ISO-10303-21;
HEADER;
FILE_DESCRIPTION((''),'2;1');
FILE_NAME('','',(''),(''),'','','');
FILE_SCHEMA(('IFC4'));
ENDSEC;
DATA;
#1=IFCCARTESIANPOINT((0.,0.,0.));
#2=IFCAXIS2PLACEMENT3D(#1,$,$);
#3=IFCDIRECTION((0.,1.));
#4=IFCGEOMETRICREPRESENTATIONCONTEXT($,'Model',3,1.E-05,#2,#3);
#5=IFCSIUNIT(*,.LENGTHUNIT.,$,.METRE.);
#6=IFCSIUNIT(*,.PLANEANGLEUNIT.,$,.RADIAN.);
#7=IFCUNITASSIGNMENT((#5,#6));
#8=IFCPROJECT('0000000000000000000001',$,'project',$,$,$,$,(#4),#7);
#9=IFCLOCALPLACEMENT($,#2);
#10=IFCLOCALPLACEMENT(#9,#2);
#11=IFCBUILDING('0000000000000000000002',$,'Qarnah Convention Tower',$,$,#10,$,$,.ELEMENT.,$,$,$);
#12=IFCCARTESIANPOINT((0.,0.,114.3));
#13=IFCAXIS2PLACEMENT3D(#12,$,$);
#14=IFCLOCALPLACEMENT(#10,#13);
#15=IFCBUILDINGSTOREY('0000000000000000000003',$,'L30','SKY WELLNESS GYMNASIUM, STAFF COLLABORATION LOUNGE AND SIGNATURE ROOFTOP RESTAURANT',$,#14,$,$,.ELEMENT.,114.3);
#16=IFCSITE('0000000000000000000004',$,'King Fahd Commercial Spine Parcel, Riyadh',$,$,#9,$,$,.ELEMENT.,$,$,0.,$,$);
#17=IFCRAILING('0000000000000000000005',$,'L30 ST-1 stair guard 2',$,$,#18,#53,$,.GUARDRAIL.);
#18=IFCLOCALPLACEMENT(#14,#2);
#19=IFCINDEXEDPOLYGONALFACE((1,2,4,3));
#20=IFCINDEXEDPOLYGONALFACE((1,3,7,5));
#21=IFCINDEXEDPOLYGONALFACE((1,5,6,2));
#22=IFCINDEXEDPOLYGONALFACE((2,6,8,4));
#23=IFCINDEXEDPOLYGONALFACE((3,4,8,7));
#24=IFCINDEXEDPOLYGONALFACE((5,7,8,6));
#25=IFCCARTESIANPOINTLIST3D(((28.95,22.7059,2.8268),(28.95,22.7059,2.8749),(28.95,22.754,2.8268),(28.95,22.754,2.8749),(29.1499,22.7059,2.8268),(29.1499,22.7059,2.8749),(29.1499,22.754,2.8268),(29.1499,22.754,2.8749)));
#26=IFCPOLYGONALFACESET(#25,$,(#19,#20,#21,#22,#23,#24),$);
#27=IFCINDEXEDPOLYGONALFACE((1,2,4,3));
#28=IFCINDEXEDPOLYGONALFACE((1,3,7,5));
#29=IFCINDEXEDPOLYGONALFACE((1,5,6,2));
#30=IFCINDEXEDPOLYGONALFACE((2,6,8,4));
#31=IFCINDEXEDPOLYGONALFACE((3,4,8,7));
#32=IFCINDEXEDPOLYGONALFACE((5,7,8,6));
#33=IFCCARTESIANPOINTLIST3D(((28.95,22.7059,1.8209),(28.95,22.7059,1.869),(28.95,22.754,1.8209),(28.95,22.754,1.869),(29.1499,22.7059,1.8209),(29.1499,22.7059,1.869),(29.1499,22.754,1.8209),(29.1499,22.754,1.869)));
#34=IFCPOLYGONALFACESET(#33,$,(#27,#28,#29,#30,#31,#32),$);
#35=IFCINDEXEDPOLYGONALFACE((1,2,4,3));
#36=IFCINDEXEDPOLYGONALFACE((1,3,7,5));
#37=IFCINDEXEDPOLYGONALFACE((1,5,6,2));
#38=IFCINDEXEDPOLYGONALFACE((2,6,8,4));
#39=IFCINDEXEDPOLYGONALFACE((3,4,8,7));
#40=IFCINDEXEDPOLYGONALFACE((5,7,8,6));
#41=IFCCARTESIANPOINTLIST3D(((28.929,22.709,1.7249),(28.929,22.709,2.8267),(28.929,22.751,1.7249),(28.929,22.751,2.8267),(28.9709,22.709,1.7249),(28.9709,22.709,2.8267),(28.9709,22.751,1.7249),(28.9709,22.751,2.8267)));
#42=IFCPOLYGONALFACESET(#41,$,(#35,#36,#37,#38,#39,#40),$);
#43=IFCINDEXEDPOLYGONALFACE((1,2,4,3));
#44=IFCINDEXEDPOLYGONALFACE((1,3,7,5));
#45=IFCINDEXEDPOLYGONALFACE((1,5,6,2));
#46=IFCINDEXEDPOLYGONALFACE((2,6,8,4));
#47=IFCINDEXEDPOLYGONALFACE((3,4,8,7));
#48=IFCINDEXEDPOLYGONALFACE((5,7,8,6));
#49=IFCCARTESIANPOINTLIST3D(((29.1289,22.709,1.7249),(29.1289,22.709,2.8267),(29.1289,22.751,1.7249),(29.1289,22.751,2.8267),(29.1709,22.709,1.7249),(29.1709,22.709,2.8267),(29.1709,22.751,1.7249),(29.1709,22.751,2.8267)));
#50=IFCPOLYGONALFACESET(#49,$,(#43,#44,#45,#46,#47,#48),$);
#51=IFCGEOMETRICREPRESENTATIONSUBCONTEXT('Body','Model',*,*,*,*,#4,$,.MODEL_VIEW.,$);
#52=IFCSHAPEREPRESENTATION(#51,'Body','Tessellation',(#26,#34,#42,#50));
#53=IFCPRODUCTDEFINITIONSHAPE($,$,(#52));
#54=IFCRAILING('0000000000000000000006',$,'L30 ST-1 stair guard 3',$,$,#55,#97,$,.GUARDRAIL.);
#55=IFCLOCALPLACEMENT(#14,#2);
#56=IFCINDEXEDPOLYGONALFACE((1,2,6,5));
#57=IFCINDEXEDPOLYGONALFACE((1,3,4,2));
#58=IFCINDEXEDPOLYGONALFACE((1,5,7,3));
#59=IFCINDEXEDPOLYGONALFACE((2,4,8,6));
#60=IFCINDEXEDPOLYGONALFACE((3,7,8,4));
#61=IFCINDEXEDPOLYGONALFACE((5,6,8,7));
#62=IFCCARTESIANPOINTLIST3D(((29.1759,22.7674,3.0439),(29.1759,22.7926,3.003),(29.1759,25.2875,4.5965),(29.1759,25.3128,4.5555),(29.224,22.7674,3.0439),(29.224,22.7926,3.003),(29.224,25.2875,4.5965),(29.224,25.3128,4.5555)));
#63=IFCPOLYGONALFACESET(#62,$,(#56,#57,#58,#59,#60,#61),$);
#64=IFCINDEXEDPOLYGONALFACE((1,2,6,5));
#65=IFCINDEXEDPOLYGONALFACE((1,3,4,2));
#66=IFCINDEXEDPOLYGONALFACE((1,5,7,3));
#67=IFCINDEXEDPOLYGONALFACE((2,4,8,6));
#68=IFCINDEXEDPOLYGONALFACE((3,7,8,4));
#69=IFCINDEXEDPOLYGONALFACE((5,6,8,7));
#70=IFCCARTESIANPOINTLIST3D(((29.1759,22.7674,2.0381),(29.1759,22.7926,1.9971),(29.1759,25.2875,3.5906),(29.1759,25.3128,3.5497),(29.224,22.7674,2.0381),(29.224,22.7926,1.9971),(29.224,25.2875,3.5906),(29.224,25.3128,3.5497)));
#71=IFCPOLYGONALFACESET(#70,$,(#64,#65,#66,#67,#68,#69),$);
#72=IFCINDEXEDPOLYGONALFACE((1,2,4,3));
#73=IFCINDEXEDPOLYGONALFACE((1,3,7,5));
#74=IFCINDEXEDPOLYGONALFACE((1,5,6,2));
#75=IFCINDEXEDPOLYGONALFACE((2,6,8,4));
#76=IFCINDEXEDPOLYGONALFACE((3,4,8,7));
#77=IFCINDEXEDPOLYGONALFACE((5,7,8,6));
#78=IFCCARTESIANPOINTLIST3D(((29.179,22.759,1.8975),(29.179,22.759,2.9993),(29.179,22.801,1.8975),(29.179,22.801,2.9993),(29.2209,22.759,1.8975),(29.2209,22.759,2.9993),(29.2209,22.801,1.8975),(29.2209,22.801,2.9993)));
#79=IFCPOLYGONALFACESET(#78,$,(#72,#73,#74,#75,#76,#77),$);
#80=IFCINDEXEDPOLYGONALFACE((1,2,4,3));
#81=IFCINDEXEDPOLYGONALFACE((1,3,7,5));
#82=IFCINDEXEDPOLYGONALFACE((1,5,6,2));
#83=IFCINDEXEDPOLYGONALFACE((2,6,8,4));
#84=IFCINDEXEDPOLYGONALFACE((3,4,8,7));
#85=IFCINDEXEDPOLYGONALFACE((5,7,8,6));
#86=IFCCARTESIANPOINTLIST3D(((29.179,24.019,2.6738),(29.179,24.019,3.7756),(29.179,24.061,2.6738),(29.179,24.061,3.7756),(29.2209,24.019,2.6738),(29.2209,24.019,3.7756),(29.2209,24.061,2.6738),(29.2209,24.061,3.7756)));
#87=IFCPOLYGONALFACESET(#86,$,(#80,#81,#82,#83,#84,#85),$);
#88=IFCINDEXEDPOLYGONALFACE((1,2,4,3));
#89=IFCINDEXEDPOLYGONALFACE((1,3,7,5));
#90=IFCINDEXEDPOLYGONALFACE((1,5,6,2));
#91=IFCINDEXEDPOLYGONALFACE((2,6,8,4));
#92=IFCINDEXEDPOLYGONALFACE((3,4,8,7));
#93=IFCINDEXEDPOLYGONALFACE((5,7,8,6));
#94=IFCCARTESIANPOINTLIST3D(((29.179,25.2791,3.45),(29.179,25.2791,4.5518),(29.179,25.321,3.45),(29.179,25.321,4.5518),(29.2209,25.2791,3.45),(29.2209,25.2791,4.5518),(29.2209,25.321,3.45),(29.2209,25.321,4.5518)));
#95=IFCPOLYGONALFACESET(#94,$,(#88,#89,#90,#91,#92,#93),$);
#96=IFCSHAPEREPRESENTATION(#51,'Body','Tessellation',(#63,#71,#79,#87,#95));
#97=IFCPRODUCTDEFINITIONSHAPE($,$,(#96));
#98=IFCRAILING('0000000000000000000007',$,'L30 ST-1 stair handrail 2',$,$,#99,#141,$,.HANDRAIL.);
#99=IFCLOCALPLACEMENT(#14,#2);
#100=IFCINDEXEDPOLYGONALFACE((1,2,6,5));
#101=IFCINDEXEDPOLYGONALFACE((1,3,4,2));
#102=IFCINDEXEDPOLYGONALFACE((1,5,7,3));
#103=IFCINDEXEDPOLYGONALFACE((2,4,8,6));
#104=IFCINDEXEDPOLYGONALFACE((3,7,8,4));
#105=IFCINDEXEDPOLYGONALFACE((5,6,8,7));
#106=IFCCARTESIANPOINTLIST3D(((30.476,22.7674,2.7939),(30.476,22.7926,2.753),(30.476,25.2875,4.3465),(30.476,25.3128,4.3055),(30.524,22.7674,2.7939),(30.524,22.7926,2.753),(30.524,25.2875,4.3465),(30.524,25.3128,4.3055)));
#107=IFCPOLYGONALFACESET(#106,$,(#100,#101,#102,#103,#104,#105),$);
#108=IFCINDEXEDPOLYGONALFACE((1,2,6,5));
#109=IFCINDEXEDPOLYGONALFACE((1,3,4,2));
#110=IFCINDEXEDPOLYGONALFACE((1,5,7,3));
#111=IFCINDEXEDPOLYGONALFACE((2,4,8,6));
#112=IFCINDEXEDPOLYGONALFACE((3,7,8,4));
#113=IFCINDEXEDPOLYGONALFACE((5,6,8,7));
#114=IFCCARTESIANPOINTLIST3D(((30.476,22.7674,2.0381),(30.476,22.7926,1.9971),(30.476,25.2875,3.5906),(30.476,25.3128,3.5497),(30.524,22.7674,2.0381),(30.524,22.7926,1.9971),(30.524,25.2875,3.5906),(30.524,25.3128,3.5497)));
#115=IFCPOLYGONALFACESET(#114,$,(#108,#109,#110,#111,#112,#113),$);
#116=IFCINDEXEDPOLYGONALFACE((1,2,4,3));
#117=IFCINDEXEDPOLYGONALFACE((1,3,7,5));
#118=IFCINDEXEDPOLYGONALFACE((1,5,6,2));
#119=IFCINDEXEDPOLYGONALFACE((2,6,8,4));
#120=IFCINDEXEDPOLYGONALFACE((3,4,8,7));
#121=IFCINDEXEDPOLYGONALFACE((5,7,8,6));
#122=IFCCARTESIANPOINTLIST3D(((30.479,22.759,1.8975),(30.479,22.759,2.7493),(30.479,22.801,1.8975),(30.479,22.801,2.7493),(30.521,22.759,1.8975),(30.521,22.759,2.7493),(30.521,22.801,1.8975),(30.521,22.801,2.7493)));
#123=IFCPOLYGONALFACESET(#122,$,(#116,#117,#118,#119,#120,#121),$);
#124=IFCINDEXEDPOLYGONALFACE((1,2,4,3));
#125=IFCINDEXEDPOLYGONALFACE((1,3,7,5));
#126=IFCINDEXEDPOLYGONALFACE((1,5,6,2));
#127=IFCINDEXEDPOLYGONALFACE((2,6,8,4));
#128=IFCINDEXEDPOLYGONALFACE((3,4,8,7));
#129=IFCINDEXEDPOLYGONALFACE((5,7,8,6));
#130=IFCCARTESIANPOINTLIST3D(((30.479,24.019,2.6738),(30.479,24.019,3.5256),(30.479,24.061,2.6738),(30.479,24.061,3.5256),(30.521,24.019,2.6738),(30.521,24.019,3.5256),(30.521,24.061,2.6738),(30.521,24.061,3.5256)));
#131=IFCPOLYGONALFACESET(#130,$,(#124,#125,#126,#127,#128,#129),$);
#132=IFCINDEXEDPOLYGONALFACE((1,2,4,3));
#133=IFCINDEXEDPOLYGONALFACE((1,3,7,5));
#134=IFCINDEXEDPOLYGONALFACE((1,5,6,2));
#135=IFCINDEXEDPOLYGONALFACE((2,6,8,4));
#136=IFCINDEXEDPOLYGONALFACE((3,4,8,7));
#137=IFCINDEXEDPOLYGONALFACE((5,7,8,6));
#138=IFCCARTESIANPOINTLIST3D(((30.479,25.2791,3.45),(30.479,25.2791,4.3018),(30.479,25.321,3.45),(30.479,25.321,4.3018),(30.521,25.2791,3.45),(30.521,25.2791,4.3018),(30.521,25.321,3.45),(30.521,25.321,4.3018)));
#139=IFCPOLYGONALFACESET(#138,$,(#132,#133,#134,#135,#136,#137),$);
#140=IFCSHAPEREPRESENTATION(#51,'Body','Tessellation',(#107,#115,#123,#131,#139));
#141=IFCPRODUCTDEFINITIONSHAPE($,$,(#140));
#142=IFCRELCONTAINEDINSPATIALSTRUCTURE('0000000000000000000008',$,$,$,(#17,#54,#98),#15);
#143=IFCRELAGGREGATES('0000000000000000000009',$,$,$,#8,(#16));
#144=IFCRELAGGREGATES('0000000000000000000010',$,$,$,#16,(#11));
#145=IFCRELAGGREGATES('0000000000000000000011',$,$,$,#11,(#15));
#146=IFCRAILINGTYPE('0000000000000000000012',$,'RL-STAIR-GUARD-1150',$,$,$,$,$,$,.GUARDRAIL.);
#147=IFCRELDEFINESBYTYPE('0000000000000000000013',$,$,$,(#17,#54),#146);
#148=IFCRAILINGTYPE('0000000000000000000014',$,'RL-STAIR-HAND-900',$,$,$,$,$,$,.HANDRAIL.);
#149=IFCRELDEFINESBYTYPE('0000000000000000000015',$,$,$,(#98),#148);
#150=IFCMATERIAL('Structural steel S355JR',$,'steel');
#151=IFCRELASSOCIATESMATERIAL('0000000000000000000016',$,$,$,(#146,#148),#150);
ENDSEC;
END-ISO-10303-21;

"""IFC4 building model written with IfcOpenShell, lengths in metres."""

from ifc_helpers import new_model, si_unit, direction, frame, origin, origin_2d, place, context, subcontext, project, spatial, rectangle, extrude, material, type_object, element, save


model = new_model("IFC4")

# Units and contexts
model_context = context("Model", 3, precision=1e-05, world=origin(), true_north=direction((0.0, 1.0)))
body_context = subcontext(model_context, "Body", "Model", "MODEL_VIEW")
ifc_project = project(units=[si_unit("LENGTHUNIT", "METRE"), si_unit("PLANEANGLEUNIT", "RADIAN")], contexts=[model_context])

# Site, building, storey
site_placement = place(None, origin())
site = spatial("IfcSite", under=ifc_project, at=site_placement, Name="King Fahd Commercial Spine Parcel, Riyadh", CompositionType="ELEMENT", RefElevation=0.0)
building_placement = place(site_placement, origin())
building = spatial("IfcBuilding", under=site, at=building_placement, Name="Qarnah Convention Tower", CompositionType="ELEMENT")
storey_placement = place(building_placement, frame((0.0, 0.0, 114.3)))
storey = spatial("IfcBuildingStorey", under=building, at=storey_placement, Name="L30", Description="SKY WELLNESS GYMNASIUM, STAFF COLLABORATION LOUNGE AND SIGNATURE ROOFTOP RESTAURANT", CompositionType="ELEMENT", Elevation=114.3)

# Shared definitions
ifc_material_1 = material(Name="Structural steel S355JR", Category="steel")

# Railings
railing_type_1 = type_object("IfcRailingType", Name="RL-STAIR-GUARD-1150", PredefinedType="GUARDRAIL", material=ifc_material_1)
railing_1_placement = place(storey_placement, frame((28.95, 22.73, 1.7249)))
element("IfcRailing", 1, at=railing_1_placement, inside=storey, type_object=railing_type_1, Name="L30 ST-1 stair guard 2", PredefinedType="GUARDRAIL", context=body_context, shape_type="SweptSolid", body=[
    extrude(rectangle(XDim=0.0481, YDim=0.0481, at=origin_2d()), frame((0.0, 0.0, 1.126), z_axis=(1.0, 0.0, 0.0), x_axis=(0.0, 1.0, 0.0)), (0.0, 0.0, 1.0), 0.2),
    extrude(rectangle(XDim=0.0481, YDim=0.0481, at=origin_2d()), frame((0.0, 0.0, 0.1201), z_axis=(1.0, 0.0, 0.0), x_axis=(0.0, 1.0, 0.0)), (0.0, 0.0, 1.0), 0.2),
    extrude(rectangle(XDim=0.042, YDim=0.042, at=origin_2d()), origin(), (0.0, 0.0, 1.0), 1.1018),
    extrude(rectangle(XDim=0.042, YDim=0.042, at=origin_2d()), frame((0.2, 0.0, 0.0)), (0.0, 0.0, 1.0), 1.1018),
])
railing_2_placement = place(storey_placement, frame((29.2, 22.78, 1.8975)))
element("IfcRailing", 2, at=railing_2_placement, inside=storey, type_object=railing_type_1, Name="L30 ST-1 stair guard 3", PredefinedType="GUARDRAIL", context=body_context, shape_type="SweptSolid", body=[
    extrude(rectangle(XDim=0.0481, YDim=0.0481, at=origin_2d()), frame((0.0, 0.0, 1.126), z_axis=(0.0, 0.8514, 0.524516), x_axis=(-1.0, 0.0, 0.0)), (0.0, 0.0, 1.0), 2.96),
    extrude(rectangle(XDim=0.0481, YDim=0.0481, at=origin_2d()), frame((0.0, 0.0, 0.1201), z_axis=(0.0, 0.8514, 0.524516), x_axis=(-1.0, 0.0, 0.0)), (0.0, 0.0, 1.0), 2.96),
    extrude(rectangle(XDim=0.042, YDim=0.042, at=origin_2d()), origin(), (0.0, 0.0, 1.0), 1.1018),
    extrude(rectangle(XDim=0.042, YDim=0.042, at=origin_2d()), frame((0.0, 1.26, 0.7764)), (0.0, 0.0, 1.0), 1.1018),
    extrude(rectangle(XDim=0.042, YDim=0.042, at=origin_2d()), frame((0.0, 2.52, 1.5525)), (0.0, 0.0, 1.0), 1.1018),
])
railing_type_2 = type_object("IfcRailingType", Name="RL-STAIR-HAND-900", PredefinedType="HANDRAIL", material=ifc_material_1)
railing_3_placement = place(storey_placement, frame((30.5, 22.78, 1.8975)))
element("IfcRailing", 3, at=railing_3_placement, inside=storey, type_object=railing_type_2, Name="L30 ST-1 stair handrail 2", PredefinedType="HANDRAIL", context=body_context, shape_type="SweptSolid", body=[
    extrude(rectangle(XDim=0.0481, YDim=0.0481, at=origin_2d()), frame((0.0, 0.0, 0.876), z_axis=(0.0, 0.8514, 0.524516), x_axis=(-1.0, 0.0, 0.0)), (0.0, 0.0, 1.0), 2.96),
    extrude(rectangle(XDim=0.0481, YDim=0.0481, at=origin_2d()), frame((0.0, 0.0, 0.1201), z_axis=(0.0, 0.8514, 0.524516), x_axis=(-1.0, 0.0, 0.0)), (0.0, 0.0, 1.0), 2.96),
    extrude(rectangle(XDim=0.042, YDim=0.042, at=origin_2d()), origin(), (0.0, 0.0, 1.0), 0.8518),
    extrude(rectangle(XDim=0.042, YDim=0.042, at=origin_2d()), frame((0.0, 1.26, 0.7764)), (0.0, 0.0, 1.0), 0.8518),
    extrude(rectangle(XDim=0.042, YDim=0.042, at=origin_2d()), frame((0.0, 2.52, 1.5525)), (0.0, 0.0, 1.0), 0.8518),
])

save(model, "model.ifc")
